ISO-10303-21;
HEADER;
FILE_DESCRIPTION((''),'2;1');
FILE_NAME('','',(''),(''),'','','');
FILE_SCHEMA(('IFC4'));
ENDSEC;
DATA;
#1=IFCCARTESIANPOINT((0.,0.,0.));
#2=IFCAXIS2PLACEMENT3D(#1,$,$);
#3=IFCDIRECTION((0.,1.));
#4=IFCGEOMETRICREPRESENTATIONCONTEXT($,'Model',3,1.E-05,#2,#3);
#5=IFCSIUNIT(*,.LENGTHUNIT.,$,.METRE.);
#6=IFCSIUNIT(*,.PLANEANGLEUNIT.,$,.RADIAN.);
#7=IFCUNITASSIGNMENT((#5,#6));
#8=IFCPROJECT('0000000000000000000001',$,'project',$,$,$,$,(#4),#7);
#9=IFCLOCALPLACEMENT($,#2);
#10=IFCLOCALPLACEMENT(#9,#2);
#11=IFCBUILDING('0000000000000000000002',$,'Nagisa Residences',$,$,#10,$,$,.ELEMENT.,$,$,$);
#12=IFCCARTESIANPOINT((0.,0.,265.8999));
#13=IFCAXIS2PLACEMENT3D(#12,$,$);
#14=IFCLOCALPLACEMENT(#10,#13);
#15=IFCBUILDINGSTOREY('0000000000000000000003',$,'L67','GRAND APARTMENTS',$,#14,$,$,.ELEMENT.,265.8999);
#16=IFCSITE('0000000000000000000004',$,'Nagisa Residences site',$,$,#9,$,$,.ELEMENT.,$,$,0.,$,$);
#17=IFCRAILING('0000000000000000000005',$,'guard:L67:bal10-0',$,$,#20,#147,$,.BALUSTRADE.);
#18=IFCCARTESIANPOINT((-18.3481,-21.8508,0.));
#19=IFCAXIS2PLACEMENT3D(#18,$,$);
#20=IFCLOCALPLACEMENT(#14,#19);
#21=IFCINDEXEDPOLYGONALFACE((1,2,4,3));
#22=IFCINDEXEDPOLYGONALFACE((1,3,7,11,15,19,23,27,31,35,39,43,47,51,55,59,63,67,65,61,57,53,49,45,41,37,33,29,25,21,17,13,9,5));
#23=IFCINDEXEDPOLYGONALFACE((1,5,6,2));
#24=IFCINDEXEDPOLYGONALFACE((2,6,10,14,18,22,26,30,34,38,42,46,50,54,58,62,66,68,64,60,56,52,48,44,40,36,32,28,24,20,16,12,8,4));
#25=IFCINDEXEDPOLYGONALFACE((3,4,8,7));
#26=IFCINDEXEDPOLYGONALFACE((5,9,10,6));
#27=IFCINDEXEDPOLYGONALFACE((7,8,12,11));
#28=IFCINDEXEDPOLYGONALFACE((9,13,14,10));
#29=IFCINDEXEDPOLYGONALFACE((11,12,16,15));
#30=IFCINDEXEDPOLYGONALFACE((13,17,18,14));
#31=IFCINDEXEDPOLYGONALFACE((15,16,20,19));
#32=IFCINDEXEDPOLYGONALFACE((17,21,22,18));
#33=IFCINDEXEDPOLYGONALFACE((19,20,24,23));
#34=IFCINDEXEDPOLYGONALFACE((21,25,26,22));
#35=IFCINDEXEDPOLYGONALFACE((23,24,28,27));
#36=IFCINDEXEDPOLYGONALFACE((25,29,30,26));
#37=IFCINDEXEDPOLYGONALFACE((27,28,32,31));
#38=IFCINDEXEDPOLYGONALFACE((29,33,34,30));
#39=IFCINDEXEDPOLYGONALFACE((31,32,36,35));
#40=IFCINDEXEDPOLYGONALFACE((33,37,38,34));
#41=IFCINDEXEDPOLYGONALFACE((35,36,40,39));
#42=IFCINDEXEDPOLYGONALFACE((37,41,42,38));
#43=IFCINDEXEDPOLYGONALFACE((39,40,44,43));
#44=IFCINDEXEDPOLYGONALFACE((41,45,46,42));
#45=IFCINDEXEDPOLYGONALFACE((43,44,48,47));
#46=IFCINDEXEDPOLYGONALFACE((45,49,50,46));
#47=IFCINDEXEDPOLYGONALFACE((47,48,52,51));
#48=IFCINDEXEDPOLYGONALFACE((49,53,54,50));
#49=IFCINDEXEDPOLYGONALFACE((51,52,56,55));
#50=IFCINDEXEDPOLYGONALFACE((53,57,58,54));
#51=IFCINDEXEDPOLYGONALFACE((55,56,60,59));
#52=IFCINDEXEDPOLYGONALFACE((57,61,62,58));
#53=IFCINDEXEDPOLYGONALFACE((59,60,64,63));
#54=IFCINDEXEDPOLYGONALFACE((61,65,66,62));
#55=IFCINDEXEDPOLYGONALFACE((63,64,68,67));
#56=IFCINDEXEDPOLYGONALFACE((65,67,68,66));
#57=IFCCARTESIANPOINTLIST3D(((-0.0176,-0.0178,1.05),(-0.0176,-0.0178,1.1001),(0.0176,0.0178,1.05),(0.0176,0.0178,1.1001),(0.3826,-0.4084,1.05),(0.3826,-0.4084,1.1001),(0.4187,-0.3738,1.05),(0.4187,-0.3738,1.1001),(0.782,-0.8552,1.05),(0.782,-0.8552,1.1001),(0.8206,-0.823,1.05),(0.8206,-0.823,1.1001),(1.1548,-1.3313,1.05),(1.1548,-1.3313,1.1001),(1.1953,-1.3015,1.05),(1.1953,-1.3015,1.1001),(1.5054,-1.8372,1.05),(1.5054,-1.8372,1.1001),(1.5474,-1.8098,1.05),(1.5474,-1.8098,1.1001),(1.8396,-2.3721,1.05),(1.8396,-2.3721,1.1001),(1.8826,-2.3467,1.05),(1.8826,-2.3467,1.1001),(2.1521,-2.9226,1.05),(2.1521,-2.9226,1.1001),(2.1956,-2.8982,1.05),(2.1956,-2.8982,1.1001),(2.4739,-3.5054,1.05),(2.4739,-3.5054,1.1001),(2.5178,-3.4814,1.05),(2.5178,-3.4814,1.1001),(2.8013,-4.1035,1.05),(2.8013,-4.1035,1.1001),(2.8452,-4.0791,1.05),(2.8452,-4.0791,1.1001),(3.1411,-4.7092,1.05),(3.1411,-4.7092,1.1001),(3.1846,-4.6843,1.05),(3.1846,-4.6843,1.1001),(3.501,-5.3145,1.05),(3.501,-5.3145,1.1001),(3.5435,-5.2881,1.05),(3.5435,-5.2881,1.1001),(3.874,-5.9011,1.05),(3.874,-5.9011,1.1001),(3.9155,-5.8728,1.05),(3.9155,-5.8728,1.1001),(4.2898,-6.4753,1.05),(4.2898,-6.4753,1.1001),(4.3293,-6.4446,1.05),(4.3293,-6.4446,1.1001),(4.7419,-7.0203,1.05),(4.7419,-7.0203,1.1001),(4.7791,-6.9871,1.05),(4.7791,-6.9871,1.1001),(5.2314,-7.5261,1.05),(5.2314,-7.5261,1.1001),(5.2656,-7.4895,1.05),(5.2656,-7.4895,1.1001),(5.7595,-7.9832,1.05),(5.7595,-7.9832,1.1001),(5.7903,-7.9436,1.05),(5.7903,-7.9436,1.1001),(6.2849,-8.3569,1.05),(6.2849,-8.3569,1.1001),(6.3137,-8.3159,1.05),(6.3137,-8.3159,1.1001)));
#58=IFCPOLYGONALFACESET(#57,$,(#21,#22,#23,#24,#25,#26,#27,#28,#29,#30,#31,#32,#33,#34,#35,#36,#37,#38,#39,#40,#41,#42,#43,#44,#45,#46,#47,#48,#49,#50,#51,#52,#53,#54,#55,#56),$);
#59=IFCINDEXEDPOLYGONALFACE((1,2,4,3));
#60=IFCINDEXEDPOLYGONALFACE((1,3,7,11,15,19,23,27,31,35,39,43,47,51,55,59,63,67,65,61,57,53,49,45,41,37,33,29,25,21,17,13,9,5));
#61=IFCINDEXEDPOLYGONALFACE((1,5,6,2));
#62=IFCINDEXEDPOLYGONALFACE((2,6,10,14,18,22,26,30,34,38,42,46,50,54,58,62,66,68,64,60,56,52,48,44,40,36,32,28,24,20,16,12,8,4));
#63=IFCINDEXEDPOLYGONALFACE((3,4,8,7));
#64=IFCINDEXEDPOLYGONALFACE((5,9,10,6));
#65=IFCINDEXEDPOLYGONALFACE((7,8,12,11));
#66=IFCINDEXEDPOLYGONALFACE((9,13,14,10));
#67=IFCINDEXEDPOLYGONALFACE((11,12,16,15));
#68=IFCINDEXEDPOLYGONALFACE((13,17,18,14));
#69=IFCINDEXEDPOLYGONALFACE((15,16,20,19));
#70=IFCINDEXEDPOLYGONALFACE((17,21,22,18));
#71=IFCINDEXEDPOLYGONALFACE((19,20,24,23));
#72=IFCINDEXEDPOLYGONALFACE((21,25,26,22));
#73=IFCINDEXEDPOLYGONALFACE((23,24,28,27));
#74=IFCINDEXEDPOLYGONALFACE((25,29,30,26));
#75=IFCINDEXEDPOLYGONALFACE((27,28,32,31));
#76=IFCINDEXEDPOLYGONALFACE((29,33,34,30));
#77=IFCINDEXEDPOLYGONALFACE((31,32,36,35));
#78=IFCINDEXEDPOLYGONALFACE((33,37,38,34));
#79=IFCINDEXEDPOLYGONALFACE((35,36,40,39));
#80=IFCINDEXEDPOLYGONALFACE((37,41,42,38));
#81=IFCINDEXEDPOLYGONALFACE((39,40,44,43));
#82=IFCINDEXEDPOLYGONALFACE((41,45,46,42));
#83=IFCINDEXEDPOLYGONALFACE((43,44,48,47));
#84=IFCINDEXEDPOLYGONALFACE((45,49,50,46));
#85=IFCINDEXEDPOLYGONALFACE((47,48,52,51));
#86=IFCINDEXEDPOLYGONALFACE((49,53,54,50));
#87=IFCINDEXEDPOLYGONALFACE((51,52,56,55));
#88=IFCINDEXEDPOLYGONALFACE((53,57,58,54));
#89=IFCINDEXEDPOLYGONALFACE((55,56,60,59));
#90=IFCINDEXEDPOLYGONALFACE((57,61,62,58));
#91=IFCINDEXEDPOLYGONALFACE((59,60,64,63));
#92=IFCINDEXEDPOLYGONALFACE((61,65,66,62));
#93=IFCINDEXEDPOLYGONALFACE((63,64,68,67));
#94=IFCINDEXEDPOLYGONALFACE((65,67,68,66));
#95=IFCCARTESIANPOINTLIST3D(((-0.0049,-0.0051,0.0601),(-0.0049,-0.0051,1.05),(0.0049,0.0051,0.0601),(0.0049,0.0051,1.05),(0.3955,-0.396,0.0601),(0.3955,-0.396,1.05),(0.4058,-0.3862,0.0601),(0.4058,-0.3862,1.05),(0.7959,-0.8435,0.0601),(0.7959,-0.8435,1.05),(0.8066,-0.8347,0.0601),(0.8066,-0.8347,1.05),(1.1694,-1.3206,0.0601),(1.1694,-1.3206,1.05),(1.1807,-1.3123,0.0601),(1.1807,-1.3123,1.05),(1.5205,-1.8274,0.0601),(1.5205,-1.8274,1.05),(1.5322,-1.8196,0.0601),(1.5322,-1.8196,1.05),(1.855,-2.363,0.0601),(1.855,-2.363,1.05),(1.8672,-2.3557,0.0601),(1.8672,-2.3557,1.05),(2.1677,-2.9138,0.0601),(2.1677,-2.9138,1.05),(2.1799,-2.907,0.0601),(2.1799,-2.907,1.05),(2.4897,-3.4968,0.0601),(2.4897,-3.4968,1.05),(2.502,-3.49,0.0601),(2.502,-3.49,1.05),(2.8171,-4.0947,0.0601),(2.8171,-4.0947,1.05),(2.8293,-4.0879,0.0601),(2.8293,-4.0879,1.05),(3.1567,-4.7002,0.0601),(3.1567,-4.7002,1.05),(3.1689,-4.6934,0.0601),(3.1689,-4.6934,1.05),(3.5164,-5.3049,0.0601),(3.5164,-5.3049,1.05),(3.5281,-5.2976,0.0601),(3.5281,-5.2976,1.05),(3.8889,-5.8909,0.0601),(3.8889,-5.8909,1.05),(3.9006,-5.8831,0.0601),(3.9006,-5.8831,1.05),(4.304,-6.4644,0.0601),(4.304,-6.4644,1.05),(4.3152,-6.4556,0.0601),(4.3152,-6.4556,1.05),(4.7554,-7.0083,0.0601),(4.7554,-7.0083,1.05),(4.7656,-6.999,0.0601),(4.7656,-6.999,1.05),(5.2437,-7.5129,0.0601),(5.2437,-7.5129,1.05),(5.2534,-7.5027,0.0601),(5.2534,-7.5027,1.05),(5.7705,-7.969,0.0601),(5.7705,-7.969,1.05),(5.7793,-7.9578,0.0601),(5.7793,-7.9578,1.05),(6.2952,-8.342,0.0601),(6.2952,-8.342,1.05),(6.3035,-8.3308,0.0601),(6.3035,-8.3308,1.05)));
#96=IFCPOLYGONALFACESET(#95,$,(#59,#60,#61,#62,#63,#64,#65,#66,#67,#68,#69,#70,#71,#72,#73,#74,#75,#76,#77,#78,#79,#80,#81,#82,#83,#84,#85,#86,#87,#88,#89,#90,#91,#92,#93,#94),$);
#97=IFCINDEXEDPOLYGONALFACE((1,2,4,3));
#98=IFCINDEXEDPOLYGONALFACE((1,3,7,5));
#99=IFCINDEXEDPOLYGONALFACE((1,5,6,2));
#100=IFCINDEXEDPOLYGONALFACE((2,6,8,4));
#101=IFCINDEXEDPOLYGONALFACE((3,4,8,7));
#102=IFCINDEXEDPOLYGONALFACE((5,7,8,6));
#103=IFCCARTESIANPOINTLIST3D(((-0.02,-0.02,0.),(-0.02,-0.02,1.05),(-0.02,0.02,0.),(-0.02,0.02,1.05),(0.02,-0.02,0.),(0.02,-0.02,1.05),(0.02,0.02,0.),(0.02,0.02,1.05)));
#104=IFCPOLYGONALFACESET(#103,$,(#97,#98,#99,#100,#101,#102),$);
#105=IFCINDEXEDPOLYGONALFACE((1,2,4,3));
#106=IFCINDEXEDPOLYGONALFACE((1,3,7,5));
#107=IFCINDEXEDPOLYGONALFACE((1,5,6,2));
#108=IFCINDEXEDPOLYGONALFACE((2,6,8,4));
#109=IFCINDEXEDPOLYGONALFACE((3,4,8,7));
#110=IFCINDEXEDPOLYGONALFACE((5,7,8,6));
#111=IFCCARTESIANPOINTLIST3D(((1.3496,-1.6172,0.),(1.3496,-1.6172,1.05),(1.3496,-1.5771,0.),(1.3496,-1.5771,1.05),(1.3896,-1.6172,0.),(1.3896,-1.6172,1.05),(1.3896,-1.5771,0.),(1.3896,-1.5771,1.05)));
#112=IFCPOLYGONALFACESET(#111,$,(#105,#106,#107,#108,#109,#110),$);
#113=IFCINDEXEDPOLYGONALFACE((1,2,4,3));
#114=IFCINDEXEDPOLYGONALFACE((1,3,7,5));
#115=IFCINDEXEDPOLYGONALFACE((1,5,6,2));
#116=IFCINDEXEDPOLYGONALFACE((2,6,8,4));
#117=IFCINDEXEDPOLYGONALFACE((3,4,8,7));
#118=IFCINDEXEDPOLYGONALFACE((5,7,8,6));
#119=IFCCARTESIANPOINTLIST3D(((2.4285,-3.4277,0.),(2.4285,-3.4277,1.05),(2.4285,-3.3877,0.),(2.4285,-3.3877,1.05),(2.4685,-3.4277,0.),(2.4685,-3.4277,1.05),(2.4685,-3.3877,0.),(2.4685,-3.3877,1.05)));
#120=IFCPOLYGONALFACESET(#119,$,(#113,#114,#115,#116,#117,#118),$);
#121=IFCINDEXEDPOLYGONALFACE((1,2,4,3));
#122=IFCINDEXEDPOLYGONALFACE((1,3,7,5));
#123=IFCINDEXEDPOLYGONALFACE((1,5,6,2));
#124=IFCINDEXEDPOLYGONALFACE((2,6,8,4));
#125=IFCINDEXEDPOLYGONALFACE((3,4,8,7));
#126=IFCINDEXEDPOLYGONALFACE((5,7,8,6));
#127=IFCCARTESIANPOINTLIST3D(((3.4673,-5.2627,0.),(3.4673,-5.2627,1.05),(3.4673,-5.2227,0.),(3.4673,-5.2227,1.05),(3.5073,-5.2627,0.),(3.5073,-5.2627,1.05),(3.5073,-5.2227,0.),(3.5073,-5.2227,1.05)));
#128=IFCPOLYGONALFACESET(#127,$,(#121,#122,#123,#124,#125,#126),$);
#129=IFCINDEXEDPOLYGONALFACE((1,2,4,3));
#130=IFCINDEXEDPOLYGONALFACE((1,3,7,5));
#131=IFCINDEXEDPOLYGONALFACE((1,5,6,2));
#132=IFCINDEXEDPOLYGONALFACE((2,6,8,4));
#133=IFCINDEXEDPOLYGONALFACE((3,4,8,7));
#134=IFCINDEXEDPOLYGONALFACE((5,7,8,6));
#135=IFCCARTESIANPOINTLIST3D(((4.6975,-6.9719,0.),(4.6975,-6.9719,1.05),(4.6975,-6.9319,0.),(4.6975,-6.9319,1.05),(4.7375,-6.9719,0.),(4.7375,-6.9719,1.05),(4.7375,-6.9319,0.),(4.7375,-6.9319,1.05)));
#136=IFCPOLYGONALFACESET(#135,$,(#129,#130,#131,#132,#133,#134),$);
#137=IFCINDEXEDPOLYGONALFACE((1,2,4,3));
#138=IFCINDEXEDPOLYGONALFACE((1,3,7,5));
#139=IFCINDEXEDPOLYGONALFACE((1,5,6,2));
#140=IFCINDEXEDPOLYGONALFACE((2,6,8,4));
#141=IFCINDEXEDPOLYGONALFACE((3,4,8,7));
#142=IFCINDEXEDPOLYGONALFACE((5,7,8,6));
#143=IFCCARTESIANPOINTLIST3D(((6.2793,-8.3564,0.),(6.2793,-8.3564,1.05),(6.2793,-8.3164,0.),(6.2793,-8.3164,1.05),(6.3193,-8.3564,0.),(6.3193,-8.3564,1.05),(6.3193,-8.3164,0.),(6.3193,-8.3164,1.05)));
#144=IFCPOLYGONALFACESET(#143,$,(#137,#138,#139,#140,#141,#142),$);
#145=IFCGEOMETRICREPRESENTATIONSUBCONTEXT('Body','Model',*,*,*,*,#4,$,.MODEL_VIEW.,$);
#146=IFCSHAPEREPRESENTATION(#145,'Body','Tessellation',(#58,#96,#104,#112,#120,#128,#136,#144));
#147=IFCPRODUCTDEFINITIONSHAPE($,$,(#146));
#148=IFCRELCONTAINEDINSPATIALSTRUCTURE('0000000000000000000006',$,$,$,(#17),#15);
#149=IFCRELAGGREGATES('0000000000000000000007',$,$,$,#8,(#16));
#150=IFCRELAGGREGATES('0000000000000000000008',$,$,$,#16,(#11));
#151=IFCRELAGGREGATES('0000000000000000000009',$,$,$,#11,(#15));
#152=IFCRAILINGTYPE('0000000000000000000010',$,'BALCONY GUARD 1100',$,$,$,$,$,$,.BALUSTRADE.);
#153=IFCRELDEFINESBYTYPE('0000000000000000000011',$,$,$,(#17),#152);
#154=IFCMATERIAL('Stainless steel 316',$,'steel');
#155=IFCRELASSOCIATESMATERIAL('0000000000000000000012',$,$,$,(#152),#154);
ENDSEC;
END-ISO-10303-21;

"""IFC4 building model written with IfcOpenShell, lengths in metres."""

from ifc_helpers import new_model, si_unit, direction, frame, origin, origin_2d, place, context, subcontext, project, spatial, polyline, rectangle, outline, extrude, material, type_object, element, save


model = new_model("IFC4")

# Units and contexts
model_context = context("Model", 3, precision=1e-05, world=origin(), true_north=direction((0.0, 1.0)))
body_context = subcontext(model_context, "Body", "Model", "MODEL_VIEW")
ifc_project = project(units=[si_unit("LENGTHUNIT", "METRE"), si_unit("PLANEANGLEUNIT", "RADIAN")], contexts=[model_context])

# Site, building, storey
site_placement = place(None, origin())
site = spatial("IfcSite", under=ifc_project, at=site_placement, Name="Nagisa Residences site", CompositionType="ELEMENT", RefElevation=0.0)
building_placement = place(site_placement, origin())
building = spatial("IfcBuilding", under=site, at=building_placement, Name="Nagisa Residences", CompositionType="ELEMENT")
storey_placement = place(building_placement, frame((0.0, 0.0, 265.8999)))
storey = spatial("IfcBuildingStorey", under=building, at=storey_placement, Name="L67", Description="GRAND APARTMENTS", CompositionType="ELEMENT", Elevation=265.8999)

# Railing
ifc_material_1 = material(Name="Stainless steel 316", Category="steel")
railing_type = type_object("IfcRailingType", Name="BALCONY GUARD 1100", PredefinedType="BALUSTRADE", material=ifc_material_1)
railing_1_placement = place(storey_placement, frame((-18.3481, -21.8508, 0.0)))
element("IfcRailing", 1, at=railing_1_placement, inside=storey, type_object=railing_type, Name="guard:L67:bal10-0", PredefinedType="BALUSTRADE", context=body_context, shape_type="SweptSolid", body=[
    extrude(outline(polyline([(0.4187, -0.3738), (0.0176, 0.0178), (-0.0176, -0.0178), (0.3826, -0.4084), (0.782, -0.8552), (1.1548, -1.3313), (1.5054, -1.8372), (1.8396, -2.3721), (2.1521, -2.9226), (2.4739, -3.5054), (2.8013, -4.1035), (3.1411, -4.7092), (3.501, -5.3145), (3.874, -5.9011), (4.2898, -6.4753), (4.7419, -7.0203), (5.2314, -7.5261), (5.7595, -7.9832), (6.2849, -8.3569), (6.3137, -8.3159), (5.7903, -7.9436), (5.2656, -7.4895), (4.7791, -6.9871), (4.3293, -6.4446), (3.9155, -5.8728), (3.5435, -5.2881), (3.1846, -4.6843), (2.8452, -4.0791), (2.5178, -3.4814), (2.1956, -2.8982), (1.8826, -2.3467), (1.5474, -1.8098), (1.1953, -1.3015), (0.8206, -0.823), (0.4187, -0.3738)])), frame((0.0, 0.0, 1.05)), (0.0, 0.0, 1.0), 0.05),
    extrude(outline(polyline([(0.4058, -0.3862), (0.0049, 0.0051), (-0.0049, -0.0051), (0.3955, -0.396), (0.7959, -0.8435), (1.1694, -1.3206), (1.5205, -1.8274), (1.855, -2.363), (2.1677, -2.9138), (2.4897, -3.4968), (2.8171, -4.0947), (3.1567, -4.7002), (3.5164, -5.3049), (3.8889, -5.8909), (4.304, -6.4644), (4.7554, -7.0083), (5.2437, -7.5129), (5.7705, -7.969), (6.2952, -8.342), (6.3035, -8.3308), (5.7793, -7.9578), (5.2534, -7.5027), (4.7656, -6.999), (4.3152, -6.4556), (3.9006, -5.8831), (3.5281, -5.2976), (3.1689, -4.6934), (2.8293, -4.0879), (2.502, -3.49), (2.1799, -2.907), (1.8672, -2.3557), (1.5322, -1.8196), (1.1807, -1.3123), (0.8066, -0.8347), (0.4058, -0.3862)])), frame((0.0, 0.0, 0.0601)), (0.0, 0.0, 1.0), 0.99),
    extrude(rectangle(XDim=0.04, YDim=0.04, at=origin_2d()), origin(), (0.0, 0.0, 1.0), 1.05),
    extrude(rectangle(XDim=0.04, YDim=0.04, at=origin_2d()), frame((1.3696, -1.5972, 0.0)), (0.0, 0.0, 1.0), 1.05),
    extrude(rectangle(XDim=0.04, YDim=0.04, at=origin_2d()), frame((2.4485, -3.4077, 0.0)), (0.0, 0.0, 1.0), 1.05),
    extrude(rectangle(XDim=0.04, YDim=0.04, at=origin_2d()), frame((3.4873, -5.2427, 0.0)), (0.0, 0.0, 1.0), 1.05),
    extrude(rectangle(XDim=0.04, YDim=0.04, at=origin_2d()), frame((4.7175, -6.9519, 0.0)), (0.0, 0.0, 1.0), 1.05),
    extrude(rectangle(XDim=0.04, YDim=0.04, at=origin_2d()), frame((6.2993, -8.3364, 0.0)), (0.0, 0.0, 1.0), 1.05),
])

save(model, "model.ifc")
